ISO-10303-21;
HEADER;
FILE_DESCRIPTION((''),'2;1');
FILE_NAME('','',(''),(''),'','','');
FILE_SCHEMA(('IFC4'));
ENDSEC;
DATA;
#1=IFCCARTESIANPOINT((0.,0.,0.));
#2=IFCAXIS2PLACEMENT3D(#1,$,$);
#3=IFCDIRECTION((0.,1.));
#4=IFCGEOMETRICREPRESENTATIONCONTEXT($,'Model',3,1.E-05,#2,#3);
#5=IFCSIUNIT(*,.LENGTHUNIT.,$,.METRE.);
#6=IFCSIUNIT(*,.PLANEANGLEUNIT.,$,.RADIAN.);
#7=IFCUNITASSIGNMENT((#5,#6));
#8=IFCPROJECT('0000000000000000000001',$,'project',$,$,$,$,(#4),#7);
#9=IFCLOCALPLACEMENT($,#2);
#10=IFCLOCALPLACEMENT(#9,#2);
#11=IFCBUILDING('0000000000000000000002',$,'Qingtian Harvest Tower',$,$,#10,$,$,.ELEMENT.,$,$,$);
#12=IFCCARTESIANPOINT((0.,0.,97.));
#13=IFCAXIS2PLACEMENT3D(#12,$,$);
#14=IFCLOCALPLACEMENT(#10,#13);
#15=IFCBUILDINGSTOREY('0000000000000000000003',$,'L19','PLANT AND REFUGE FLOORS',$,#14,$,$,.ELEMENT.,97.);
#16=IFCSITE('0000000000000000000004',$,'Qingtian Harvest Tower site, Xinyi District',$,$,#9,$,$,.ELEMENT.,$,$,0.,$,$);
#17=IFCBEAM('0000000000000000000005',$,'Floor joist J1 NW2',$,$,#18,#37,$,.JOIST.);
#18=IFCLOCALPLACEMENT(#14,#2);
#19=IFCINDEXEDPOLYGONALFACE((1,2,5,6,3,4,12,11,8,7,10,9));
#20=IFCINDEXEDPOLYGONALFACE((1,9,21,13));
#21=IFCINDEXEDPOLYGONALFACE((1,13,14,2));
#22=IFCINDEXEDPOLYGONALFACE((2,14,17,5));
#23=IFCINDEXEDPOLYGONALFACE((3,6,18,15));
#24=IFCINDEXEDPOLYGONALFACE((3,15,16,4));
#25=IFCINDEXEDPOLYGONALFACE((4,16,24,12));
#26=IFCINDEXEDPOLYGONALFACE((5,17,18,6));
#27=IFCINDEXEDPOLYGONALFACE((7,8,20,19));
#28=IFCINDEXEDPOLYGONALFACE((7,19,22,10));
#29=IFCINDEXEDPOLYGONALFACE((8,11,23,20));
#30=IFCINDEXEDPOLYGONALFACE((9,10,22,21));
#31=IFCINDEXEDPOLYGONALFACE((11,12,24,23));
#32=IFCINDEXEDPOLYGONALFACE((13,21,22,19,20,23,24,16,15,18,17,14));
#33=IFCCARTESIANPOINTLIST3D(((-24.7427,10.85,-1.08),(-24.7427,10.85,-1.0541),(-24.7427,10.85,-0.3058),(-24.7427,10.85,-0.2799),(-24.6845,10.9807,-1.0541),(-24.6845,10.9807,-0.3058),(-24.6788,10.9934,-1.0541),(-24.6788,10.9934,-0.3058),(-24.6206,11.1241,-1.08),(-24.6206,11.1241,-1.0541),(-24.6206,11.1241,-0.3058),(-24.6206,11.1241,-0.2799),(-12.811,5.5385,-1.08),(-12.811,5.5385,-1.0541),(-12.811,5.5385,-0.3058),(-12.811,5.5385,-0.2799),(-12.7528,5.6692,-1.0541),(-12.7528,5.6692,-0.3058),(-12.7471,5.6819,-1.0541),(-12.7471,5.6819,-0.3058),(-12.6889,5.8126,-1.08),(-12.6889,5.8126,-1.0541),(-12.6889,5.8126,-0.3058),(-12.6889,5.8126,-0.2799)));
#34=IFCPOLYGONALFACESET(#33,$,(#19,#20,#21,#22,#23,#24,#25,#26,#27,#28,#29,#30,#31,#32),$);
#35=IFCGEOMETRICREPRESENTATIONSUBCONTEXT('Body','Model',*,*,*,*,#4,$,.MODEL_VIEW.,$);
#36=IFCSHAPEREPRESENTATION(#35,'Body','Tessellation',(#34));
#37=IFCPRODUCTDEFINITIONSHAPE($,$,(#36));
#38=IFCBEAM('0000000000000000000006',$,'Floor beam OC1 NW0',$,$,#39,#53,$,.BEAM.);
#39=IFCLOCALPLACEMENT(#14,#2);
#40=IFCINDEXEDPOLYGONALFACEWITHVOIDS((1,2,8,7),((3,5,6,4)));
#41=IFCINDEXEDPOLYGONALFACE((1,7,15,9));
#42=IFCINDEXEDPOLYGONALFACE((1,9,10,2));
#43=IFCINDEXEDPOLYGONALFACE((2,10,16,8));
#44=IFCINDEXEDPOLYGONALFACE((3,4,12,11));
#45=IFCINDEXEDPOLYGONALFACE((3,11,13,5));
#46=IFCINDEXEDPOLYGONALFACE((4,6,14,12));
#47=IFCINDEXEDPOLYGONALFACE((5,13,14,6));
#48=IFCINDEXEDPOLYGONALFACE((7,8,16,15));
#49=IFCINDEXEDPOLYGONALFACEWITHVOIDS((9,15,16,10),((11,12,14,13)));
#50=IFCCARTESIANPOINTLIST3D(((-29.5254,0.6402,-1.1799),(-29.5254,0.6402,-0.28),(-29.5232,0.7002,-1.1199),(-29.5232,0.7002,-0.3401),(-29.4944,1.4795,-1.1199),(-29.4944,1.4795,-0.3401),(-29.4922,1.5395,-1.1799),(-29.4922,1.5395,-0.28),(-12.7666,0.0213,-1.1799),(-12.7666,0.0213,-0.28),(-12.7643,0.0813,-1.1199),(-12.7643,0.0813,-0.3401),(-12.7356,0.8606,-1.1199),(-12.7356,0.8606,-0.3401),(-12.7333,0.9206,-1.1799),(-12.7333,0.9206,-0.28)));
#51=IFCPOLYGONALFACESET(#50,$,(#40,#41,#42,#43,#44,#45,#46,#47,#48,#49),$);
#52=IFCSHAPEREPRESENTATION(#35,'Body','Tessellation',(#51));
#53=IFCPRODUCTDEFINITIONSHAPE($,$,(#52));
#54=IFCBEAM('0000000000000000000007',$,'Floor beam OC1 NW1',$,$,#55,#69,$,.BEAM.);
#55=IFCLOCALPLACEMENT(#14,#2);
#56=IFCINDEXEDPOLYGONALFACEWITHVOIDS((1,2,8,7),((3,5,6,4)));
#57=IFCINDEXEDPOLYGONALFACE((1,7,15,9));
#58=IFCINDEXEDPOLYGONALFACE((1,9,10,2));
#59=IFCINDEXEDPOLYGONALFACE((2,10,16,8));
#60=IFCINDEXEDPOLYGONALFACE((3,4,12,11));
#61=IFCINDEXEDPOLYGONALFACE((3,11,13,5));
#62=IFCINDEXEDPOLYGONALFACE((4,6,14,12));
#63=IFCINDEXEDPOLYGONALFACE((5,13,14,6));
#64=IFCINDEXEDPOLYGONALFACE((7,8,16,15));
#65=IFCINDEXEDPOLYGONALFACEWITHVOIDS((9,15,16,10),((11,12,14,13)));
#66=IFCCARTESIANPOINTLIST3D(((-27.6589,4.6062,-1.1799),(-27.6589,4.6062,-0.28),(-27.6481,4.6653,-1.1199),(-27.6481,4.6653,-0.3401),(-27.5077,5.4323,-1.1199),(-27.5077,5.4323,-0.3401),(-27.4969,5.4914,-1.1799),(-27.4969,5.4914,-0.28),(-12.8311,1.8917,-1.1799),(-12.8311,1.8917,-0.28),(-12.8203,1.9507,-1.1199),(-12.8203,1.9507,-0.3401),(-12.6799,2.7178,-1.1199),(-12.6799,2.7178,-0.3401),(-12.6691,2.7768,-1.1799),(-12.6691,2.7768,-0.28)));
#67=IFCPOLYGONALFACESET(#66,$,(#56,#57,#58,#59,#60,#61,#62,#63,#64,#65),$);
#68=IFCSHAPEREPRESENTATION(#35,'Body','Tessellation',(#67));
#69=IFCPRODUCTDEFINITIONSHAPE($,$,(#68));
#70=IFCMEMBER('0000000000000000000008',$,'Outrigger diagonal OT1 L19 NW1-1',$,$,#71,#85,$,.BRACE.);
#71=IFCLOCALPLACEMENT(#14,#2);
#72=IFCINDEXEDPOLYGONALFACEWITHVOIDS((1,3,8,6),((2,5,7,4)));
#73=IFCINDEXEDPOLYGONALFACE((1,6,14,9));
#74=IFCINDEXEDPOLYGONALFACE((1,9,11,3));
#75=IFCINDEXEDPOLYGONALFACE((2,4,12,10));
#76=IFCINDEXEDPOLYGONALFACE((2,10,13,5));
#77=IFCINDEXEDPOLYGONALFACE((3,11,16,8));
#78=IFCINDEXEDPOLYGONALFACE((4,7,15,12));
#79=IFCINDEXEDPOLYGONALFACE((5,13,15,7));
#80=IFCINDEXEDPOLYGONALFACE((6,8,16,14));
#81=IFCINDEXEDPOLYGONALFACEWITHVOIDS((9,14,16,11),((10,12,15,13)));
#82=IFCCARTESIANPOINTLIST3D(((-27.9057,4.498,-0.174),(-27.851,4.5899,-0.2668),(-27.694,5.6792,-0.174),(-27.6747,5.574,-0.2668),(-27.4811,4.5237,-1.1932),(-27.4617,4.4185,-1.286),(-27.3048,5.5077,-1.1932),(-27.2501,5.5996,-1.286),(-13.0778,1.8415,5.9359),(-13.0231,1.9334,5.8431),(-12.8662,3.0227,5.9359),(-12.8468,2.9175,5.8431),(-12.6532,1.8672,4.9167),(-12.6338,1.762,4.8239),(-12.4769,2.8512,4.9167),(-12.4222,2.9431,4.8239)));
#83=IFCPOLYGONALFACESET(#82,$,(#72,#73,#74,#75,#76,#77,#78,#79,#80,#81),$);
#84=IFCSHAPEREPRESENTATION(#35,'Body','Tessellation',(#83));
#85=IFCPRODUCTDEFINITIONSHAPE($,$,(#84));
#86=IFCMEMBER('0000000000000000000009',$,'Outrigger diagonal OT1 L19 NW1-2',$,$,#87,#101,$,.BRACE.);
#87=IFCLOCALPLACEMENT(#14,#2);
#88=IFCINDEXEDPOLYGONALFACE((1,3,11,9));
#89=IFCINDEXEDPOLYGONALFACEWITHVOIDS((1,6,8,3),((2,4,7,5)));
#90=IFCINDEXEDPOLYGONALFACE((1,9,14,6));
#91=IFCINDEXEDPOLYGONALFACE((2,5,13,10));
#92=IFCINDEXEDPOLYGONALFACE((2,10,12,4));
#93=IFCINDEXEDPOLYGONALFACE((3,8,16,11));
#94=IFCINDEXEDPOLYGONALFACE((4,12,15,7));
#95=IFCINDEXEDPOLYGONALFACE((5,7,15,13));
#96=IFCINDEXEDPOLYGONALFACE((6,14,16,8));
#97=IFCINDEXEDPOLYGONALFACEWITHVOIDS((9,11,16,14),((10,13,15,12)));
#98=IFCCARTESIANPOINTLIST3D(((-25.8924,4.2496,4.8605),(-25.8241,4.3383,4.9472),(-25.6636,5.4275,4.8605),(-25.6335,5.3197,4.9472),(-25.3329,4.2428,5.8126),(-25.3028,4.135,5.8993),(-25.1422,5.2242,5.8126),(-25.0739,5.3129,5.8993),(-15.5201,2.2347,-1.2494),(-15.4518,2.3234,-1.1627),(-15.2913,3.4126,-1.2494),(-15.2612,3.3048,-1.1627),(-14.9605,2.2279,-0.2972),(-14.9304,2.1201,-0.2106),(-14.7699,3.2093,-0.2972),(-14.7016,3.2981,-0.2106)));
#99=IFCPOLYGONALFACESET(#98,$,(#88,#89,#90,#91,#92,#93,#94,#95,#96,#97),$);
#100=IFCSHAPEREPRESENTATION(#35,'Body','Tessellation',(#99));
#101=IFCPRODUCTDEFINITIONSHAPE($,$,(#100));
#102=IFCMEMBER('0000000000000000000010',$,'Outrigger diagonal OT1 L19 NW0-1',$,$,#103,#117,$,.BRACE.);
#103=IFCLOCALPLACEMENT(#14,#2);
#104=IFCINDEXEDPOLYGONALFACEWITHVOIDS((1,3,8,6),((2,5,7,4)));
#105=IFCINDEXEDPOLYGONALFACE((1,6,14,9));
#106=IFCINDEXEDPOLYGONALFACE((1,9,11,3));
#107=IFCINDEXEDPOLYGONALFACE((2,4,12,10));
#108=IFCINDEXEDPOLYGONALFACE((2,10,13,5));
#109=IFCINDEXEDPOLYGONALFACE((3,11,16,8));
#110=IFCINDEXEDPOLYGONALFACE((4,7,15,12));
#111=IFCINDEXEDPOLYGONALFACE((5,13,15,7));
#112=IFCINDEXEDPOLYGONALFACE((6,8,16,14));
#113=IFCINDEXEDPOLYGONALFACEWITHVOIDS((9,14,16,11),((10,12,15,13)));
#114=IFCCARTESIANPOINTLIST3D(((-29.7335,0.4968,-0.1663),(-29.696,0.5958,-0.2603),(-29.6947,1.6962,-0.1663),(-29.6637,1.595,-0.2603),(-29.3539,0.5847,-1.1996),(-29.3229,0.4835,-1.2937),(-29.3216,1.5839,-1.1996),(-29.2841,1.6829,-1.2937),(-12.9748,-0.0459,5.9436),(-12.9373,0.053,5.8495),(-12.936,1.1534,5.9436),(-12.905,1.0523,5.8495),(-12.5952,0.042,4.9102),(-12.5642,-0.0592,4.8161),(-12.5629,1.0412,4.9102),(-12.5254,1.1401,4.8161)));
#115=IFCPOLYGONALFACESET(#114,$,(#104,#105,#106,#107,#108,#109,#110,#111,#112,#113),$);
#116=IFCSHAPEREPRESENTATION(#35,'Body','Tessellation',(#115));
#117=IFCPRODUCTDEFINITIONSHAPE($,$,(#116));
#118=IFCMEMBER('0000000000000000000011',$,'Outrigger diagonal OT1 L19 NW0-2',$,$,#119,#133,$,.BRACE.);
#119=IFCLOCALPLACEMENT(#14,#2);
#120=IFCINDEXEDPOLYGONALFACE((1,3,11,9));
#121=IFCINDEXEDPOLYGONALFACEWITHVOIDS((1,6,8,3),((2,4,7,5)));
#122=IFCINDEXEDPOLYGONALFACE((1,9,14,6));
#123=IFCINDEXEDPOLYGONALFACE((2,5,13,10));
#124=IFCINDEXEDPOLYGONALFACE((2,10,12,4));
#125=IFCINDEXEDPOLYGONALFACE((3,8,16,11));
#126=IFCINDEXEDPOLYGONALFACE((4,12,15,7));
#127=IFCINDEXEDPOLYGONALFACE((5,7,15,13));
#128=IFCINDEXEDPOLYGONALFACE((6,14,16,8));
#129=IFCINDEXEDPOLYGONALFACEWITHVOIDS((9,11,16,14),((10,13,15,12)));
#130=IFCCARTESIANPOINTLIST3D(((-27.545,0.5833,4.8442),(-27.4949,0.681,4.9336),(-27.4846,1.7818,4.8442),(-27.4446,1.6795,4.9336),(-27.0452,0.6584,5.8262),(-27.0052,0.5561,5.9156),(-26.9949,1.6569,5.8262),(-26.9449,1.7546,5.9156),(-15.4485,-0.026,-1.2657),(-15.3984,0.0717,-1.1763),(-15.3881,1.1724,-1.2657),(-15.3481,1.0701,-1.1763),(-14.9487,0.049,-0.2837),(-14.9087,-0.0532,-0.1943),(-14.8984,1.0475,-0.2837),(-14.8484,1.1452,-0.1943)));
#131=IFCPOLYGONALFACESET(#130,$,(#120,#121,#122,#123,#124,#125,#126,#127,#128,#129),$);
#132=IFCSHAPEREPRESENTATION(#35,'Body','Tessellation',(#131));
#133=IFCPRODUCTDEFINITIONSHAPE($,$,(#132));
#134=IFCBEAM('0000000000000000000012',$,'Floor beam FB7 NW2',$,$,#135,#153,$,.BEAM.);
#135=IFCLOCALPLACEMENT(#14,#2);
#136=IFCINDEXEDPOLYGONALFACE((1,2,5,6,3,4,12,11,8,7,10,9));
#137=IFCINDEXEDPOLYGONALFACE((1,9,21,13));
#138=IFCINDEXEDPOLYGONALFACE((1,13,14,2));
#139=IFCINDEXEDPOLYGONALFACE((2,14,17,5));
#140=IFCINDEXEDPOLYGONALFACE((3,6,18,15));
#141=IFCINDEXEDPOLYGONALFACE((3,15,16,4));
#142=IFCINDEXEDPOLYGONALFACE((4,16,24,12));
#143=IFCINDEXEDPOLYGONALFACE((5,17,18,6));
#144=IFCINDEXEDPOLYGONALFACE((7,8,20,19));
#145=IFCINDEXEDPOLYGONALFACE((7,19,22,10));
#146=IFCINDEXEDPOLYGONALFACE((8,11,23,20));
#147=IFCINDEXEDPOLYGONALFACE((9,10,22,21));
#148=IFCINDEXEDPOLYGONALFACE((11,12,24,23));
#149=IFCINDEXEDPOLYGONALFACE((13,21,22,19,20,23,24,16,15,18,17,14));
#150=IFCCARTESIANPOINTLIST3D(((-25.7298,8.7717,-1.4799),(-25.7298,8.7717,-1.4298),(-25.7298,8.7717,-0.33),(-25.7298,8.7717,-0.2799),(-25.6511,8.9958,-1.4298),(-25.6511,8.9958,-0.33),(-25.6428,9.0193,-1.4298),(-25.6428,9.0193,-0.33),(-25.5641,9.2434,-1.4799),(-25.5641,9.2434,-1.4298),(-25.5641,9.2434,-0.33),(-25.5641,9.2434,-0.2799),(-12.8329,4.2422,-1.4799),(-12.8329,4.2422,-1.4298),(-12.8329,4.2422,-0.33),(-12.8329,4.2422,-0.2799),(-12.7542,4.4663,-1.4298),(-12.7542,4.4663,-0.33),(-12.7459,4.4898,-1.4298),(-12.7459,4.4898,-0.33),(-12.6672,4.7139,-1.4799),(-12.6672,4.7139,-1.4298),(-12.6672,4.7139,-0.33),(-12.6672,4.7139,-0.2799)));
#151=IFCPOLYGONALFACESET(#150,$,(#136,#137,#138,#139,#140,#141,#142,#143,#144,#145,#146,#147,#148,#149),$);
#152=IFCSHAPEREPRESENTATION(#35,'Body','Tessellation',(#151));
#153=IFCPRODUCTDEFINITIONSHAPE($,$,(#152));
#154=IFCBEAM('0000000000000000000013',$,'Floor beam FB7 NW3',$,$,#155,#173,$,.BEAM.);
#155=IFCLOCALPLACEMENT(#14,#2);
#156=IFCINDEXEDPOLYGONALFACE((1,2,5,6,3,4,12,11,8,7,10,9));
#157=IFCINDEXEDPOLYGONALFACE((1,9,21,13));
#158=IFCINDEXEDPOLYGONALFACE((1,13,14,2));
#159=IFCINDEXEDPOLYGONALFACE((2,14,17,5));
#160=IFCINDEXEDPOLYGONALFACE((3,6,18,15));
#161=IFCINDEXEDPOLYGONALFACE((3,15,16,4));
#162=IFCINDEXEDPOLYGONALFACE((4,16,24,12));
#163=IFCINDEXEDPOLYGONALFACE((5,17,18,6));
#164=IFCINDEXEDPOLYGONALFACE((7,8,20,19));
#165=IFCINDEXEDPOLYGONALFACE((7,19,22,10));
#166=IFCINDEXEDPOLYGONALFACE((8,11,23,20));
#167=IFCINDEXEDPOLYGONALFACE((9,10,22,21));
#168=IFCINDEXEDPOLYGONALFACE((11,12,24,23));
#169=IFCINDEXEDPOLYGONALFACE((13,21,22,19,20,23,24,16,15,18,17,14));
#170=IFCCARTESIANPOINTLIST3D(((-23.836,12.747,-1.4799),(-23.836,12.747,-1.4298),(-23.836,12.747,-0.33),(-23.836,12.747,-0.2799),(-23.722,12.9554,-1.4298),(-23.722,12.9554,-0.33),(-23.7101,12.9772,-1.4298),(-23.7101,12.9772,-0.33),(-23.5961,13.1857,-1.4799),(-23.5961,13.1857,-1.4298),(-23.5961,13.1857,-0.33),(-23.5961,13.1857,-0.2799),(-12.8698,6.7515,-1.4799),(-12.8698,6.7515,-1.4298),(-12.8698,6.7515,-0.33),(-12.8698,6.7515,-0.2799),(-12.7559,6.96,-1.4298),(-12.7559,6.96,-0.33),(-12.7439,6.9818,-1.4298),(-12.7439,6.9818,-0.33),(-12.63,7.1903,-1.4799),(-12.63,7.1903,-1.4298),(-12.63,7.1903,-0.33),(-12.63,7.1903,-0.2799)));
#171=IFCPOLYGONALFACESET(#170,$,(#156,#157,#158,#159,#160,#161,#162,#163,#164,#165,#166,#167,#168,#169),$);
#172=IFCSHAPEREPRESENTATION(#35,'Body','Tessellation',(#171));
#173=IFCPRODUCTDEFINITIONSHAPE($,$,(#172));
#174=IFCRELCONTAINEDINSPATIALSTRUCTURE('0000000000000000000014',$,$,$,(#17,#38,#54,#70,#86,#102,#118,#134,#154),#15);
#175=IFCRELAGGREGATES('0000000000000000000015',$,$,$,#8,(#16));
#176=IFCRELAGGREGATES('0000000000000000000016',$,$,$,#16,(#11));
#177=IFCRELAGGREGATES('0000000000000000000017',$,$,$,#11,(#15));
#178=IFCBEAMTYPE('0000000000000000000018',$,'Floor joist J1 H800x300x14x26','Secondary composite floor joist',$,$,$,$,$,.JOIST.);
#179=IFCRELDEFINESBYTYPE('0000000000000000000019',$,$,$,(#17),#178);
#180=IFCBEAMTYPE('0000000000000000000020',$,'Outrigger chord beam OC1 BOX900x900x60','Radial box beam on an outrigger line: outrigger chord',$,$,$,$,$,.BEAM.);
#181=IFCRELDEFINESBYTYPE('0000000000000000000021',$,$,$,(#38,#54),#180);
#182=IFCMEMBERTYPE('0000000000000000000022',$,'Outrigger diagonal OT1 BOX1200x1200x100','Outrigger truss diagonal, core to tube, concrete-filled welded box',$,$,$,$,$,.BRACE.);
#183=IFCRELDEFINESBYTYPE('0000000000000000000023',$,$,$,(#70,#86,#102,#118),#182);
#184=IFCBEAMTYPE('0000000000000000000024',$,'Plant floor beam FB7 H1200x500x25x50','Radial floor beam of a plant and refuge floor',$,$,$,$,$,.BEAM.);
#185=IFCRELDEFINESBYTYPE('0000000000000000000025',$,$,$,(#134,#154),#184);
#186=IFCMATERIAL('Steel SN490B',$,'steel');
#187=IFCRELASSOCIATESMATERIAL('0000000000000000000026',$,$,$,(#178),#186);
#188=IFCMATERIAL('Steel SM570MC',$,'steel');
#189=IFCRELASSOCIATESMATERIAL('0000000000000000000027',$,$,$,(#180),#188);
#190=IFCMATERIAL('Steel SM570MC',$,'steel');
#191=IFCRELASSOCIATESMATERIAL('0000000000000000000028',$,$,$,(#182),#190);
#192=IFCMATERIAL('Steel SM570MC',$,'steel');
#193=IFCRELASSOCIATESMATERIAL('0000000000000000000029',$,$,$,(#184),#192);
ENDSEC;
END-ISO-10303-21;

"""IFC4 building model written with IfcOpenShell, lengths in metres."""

from ifc_helpers import new_model, si_unit, direction, frame, origin, origin_2d, place, context, subcontext, project, spatial, hollow_rectangle, i_section, extrude, material, material_profile, profile_set, type_object, element, save


model = new_model("IFC4")

# Units and contexts
model_context = context("Model", 3, precision=1e-05, world=origin(), true_north=direction((0.0, 1.0)))
body_context = subcontext(model_context, "Body", "Model", "MODEL_VIEW")
ifc_project = project(units=[si_unit("LENGTHUNIT", "METRE"), si_unit("PLANEANGLEUNIT", "RADIAN")], contexts=[model_context])

# Site, building, storey
site_placement = place(None, origin())
site = spatial("IfcSite", under=ifc_project, at=site_placement, Name="Qingtian Harvest Tower site, Xinyi District", CompositionType="ELEMENT", RefElevation=0.0)
building_placement = place(site_placement, origin())
building = spatial("IfcBuilding", under=site, at=building_placement, Name="Qingtian Harvest Tower", CompositionType="ELEMENT")
storey_placement = place(building_placement, frame((0.0, 0.0, 97.0)))
storey = spatial("IfcBuildingStorey", under=building, at=storey_placement, Name="L19", Description="PLANT AND REFUGE FLOORS", CompositionType="ELEMENT", Elevation=97.0)

# Beams
ifc_material_1 = material(Name="Steel SN490B", Category="steel")
ifc_material_profile_1 = material_profile(ifc_material_1, i_section(OverallWidth=0.3, OverallDepth=0.8, WebThickness=0.0139, FlangeThickness=0.0259, at=origin_2d()), Name="H800x300x14x26")
ifc_profile_set_1 = profile_set([ifc_material_profile_1], Name="Steel SN490B")
beam_type_1 = type_object("IfcBeamType", Name="Floor joist J1 H800x300x14x26", Description="Secondary composite floor joist", PredefinedType="JOIST", material=ifc_profile_set_1)
beam_1_placement = place(storey_placement, frame((-24.6816, 10.9871, -0.6799), z_axis=(0.913568, -0.406686, 0.0), x_axis=(0.406686, 0.913568, 0.0)))
element("IfcBeam", 1, at=beam_1_placement, inside=storey, type_object=beam_type_1, Name="Floor joist J1 NW2", PredefinedType="JOIST", context=body_context, shape_type="SweptSolid", body=[
    extrude(i_section(OverallWidth=0.3, OverallDepth=0.8, WebThickness=0.0139, FlangeThickness=0.0259, at=origin_2d()), origin(), (0.0, 0.0, 1.0), 13.0605),
])
ifc_material_2 = material(Name="Steel SM570MC", Category="steel")
ifc_material_profile_2 = material_profile(ifc_material_2, hollow_rectangle(XDim=0.8999, YDim=0.8999, WallThickness=0.0601, at=origin_2d()), Name="BOX900x900x60")
ifc_profile_set_2 = profile_set([ifc_material_profile_2], Name="Steel SM570MC")
beam_type_2 = type_object("IfcBeamType", Name="Outrigger chord beam OC1 BOX900x900x60", Description="Radial box beam on an outrigger line: outrigger chord", PredefinedType="BEAM", material=ifc_profile_set_2)
beam_2_placement = place(storey_placement, frame((-29.5088, 1.0898, -0.73), z_axis=(0.999319, -0.036905, 0.0), x_axis=(0.036905, 0.999319, 0.0)))
element("IfcBeam", 2, at=beam_2_placement, inside=storey, type_object=beam_type_2, Name="Floor beam OC1 NW0", PredefinedType="BEAM", context=body_context, shape_type="SweptSolid", body=[
    extrude(hollow_rectangle(XDim=0.8999, YDim=0.8999, WallThickness=0.0601, at=origin_2d()), origin(), (0.0, 0.0, 1.0), 16.7703),
])
beam_3_placement = place(storey_placement, frame((-27.5779, 5.0488, -0.73), z_axis=(0.983652, -0.180081, 0.0), x_axis=(0.180081, 0.983652, 0.0)))
element("IfcBeam", 3, at=beam_3_placement, inside=storey, type_object=beam_type_2, Name="Floor beam OC1 NW1", PredefinedType="BEAM", context=body_context, shape_type="SweptSolid", body=[
    extrude(hollow_rectangle(XDim=0.8999, YDim=0.8999, WallThickness=0.0601, at=origin_2d()), origin(), (0.0, 0.0, 1.0), 15.0742),
])

# Members
ifc_material_3 = material(Name="Steel SM570MC", Category="steel")
ifc_material_profile_3 = material_profile(ifc_material_3, hollow_rectangle(XDim=1.2, YDim=1.2, WallThickness=0.1001, at=origin_2d()), Name="BOX1200x1200x100")
ifc_profile_set_3 = profile_set([ifc_material_profile_3], Name="Steel SM570MC")
member_type_1 = type_object("IfcMemberType", Name="Outrigger diagonal OT1 BOX1200x1200x100", Description="Outrigger truss diagonal, core to tube, concrete-filled welded box", PredefinedType="BRACE", material=ifc_profile_set_3)
member_1_placement = place(storey_placement, frame((-27.5779, 5.0488, -0.73), z_axis=(0.912155, -0.163417, 0.375856), x_axis=(0.176348, 0.984328, 0.0)))
element("IfcMember", 4, at=member_1_placement, inside=storey, type_object=member_type_1, Name="Outrigger diagonal OT1 L19 NW1-1", PredefinedType="BRACE", context=body_context, shape_type="SweptSolid", body=[
    extrude(hollow_rectangle(XDim=1.2, YDim=1.2, WallThickness=0.1001, at=origin_2d()), origin(), (0.0, 0.0, 1.0), 16.2559),
])
member_2_placement = place(storey_placement, frame((-15.1108, 2.7664, -0.73), z_axis=(-0.849804, 0.16508, 0.500581), x_axis=(-0.190692, -0.98165, 0.0)))
element("IfcMember", 5, at=member_2_placement, inside=storey, type_object=member_type_1, Name="Outrigger diagonal OT1 L19 NW1-2", PredefinedType="BRACE", context=body_context, shape_type="SweptSolid", body=[
    extrude(hollow_rectangle(XDim=1.2, YDim=1.2, WallThickness=0.1001, at=origin_2d()), origin(), (0.0, 0.0, 1.0), 12.2056),
])
member_3_placement = place(storey_placement, frame((-29.5088, 1.0898, -0.73), z_axis=(0.939075, -0.030411, 0.342365), x_axis=(0.032368, 0.999476, 0.0)))
element("IfcMember", 6, at=member_3_placement, inside=storey, type_object=member_type_1, Name="Outrigger diagonal OT1 L19 NW0-1", PredefinedType="BRACE", context=body_context, shape_type="SweptSolid", body=[
    extrude(hollow_rectangle(XDim=1.2, YDim=1.2, WallThickness=0.1001, at=origin_2d()), origin(), (0.0, 0.0, 1.0), 17.8459),
])
member_4_placement = place(storey_placement, frame((-15.1484, 0.5596, -0.73), z_axis=(-0.891699, 0.044921, 0.450394), x_axis=(-0.050313, -0.998734, 0.0)))
element("IfcMember", 7, at=member_4_placement, inside=storey, type_object=member_type_1, Name="Outrigger diagonal OT1 L19 NW0-2", PredefinedType="BRACE", context=body_context, shape_type="SweptSolid", body=[
    extrude(hollow_rectangle(XDim=1.2, YDim=1.2, WallThickness=0.1001, at=origin_2d()), origin(), (0.0, 0.0, 1.0), 13.5657),
])

# Beams
ifc_material_4 = material(Name="Steel SM570MC", Category="steel")
ifc_material_profile_4 = material_profile(ifc_material_4, i_section(OverallWidth=0.5, OverallDepth=1.2, WebThickness=0.0249, FlangeThickness=0.05, at=origin_2d()), Name="H1200x500x25x50")
ifc_profile_set_4 = profile_set([ifc_material_profile_4], Name="Steel SM570MC")
beam_type_3 = type_object("IfcBeamType", Name="Plant floor beam FB7 H1200x500x25x50", Description="Radial floor beam of a plant and refuge floor", PredefinedType="BEAM", material=ifc_profile_set_4)
beam_4_placement = place(storey_placement, frame((-25.647, 9.0076, -0.8799), z_axis=(0.943502, -0.331367, 0.0), x_axis=(0.331367, 0.943502, 0.0)))
element("IfcBeam", 8, at=beam_4_placement, inside=storey, type_object=beam_type_3, Name="Floor beam FB7 NW2", PredefinedType="BEAM", context=body_context, shape_type="SweptSolid", body=[
    extrude(i_section(OverallWidth=0.5, OverallDepth=1.2, WebThickness=0.0249, FlangeThickness=0.05, at=origin_2d()), origin(), (0.0, 0.0, 1.0), 13.6692),
])
beam_5_placement = place(storey_placement, frame((-23.7161, 12.9663, -0.8799), z_axis=(0.877429, -0.479707, 0.0), x_axis=(0.479707, 0.877429, 0.0)))
element("IfcBeam", 9, at=beam_5_placement, inside=storey, type_object=beam_type_3, Name="Floor beam FB7 NW3", PredefinedType="BEAM", context=body_context, shape_type="SweptSolid", body=[
    extrude(i_section(OverallWidth=0.5, OverallDepth=1.2, WebThickness=0.0249, FlangeThickness=0.05, at=origin_2d()), origin(), (0.0, 0.0, 1.0), 12.498),
])

save(model, "model.ifc")
